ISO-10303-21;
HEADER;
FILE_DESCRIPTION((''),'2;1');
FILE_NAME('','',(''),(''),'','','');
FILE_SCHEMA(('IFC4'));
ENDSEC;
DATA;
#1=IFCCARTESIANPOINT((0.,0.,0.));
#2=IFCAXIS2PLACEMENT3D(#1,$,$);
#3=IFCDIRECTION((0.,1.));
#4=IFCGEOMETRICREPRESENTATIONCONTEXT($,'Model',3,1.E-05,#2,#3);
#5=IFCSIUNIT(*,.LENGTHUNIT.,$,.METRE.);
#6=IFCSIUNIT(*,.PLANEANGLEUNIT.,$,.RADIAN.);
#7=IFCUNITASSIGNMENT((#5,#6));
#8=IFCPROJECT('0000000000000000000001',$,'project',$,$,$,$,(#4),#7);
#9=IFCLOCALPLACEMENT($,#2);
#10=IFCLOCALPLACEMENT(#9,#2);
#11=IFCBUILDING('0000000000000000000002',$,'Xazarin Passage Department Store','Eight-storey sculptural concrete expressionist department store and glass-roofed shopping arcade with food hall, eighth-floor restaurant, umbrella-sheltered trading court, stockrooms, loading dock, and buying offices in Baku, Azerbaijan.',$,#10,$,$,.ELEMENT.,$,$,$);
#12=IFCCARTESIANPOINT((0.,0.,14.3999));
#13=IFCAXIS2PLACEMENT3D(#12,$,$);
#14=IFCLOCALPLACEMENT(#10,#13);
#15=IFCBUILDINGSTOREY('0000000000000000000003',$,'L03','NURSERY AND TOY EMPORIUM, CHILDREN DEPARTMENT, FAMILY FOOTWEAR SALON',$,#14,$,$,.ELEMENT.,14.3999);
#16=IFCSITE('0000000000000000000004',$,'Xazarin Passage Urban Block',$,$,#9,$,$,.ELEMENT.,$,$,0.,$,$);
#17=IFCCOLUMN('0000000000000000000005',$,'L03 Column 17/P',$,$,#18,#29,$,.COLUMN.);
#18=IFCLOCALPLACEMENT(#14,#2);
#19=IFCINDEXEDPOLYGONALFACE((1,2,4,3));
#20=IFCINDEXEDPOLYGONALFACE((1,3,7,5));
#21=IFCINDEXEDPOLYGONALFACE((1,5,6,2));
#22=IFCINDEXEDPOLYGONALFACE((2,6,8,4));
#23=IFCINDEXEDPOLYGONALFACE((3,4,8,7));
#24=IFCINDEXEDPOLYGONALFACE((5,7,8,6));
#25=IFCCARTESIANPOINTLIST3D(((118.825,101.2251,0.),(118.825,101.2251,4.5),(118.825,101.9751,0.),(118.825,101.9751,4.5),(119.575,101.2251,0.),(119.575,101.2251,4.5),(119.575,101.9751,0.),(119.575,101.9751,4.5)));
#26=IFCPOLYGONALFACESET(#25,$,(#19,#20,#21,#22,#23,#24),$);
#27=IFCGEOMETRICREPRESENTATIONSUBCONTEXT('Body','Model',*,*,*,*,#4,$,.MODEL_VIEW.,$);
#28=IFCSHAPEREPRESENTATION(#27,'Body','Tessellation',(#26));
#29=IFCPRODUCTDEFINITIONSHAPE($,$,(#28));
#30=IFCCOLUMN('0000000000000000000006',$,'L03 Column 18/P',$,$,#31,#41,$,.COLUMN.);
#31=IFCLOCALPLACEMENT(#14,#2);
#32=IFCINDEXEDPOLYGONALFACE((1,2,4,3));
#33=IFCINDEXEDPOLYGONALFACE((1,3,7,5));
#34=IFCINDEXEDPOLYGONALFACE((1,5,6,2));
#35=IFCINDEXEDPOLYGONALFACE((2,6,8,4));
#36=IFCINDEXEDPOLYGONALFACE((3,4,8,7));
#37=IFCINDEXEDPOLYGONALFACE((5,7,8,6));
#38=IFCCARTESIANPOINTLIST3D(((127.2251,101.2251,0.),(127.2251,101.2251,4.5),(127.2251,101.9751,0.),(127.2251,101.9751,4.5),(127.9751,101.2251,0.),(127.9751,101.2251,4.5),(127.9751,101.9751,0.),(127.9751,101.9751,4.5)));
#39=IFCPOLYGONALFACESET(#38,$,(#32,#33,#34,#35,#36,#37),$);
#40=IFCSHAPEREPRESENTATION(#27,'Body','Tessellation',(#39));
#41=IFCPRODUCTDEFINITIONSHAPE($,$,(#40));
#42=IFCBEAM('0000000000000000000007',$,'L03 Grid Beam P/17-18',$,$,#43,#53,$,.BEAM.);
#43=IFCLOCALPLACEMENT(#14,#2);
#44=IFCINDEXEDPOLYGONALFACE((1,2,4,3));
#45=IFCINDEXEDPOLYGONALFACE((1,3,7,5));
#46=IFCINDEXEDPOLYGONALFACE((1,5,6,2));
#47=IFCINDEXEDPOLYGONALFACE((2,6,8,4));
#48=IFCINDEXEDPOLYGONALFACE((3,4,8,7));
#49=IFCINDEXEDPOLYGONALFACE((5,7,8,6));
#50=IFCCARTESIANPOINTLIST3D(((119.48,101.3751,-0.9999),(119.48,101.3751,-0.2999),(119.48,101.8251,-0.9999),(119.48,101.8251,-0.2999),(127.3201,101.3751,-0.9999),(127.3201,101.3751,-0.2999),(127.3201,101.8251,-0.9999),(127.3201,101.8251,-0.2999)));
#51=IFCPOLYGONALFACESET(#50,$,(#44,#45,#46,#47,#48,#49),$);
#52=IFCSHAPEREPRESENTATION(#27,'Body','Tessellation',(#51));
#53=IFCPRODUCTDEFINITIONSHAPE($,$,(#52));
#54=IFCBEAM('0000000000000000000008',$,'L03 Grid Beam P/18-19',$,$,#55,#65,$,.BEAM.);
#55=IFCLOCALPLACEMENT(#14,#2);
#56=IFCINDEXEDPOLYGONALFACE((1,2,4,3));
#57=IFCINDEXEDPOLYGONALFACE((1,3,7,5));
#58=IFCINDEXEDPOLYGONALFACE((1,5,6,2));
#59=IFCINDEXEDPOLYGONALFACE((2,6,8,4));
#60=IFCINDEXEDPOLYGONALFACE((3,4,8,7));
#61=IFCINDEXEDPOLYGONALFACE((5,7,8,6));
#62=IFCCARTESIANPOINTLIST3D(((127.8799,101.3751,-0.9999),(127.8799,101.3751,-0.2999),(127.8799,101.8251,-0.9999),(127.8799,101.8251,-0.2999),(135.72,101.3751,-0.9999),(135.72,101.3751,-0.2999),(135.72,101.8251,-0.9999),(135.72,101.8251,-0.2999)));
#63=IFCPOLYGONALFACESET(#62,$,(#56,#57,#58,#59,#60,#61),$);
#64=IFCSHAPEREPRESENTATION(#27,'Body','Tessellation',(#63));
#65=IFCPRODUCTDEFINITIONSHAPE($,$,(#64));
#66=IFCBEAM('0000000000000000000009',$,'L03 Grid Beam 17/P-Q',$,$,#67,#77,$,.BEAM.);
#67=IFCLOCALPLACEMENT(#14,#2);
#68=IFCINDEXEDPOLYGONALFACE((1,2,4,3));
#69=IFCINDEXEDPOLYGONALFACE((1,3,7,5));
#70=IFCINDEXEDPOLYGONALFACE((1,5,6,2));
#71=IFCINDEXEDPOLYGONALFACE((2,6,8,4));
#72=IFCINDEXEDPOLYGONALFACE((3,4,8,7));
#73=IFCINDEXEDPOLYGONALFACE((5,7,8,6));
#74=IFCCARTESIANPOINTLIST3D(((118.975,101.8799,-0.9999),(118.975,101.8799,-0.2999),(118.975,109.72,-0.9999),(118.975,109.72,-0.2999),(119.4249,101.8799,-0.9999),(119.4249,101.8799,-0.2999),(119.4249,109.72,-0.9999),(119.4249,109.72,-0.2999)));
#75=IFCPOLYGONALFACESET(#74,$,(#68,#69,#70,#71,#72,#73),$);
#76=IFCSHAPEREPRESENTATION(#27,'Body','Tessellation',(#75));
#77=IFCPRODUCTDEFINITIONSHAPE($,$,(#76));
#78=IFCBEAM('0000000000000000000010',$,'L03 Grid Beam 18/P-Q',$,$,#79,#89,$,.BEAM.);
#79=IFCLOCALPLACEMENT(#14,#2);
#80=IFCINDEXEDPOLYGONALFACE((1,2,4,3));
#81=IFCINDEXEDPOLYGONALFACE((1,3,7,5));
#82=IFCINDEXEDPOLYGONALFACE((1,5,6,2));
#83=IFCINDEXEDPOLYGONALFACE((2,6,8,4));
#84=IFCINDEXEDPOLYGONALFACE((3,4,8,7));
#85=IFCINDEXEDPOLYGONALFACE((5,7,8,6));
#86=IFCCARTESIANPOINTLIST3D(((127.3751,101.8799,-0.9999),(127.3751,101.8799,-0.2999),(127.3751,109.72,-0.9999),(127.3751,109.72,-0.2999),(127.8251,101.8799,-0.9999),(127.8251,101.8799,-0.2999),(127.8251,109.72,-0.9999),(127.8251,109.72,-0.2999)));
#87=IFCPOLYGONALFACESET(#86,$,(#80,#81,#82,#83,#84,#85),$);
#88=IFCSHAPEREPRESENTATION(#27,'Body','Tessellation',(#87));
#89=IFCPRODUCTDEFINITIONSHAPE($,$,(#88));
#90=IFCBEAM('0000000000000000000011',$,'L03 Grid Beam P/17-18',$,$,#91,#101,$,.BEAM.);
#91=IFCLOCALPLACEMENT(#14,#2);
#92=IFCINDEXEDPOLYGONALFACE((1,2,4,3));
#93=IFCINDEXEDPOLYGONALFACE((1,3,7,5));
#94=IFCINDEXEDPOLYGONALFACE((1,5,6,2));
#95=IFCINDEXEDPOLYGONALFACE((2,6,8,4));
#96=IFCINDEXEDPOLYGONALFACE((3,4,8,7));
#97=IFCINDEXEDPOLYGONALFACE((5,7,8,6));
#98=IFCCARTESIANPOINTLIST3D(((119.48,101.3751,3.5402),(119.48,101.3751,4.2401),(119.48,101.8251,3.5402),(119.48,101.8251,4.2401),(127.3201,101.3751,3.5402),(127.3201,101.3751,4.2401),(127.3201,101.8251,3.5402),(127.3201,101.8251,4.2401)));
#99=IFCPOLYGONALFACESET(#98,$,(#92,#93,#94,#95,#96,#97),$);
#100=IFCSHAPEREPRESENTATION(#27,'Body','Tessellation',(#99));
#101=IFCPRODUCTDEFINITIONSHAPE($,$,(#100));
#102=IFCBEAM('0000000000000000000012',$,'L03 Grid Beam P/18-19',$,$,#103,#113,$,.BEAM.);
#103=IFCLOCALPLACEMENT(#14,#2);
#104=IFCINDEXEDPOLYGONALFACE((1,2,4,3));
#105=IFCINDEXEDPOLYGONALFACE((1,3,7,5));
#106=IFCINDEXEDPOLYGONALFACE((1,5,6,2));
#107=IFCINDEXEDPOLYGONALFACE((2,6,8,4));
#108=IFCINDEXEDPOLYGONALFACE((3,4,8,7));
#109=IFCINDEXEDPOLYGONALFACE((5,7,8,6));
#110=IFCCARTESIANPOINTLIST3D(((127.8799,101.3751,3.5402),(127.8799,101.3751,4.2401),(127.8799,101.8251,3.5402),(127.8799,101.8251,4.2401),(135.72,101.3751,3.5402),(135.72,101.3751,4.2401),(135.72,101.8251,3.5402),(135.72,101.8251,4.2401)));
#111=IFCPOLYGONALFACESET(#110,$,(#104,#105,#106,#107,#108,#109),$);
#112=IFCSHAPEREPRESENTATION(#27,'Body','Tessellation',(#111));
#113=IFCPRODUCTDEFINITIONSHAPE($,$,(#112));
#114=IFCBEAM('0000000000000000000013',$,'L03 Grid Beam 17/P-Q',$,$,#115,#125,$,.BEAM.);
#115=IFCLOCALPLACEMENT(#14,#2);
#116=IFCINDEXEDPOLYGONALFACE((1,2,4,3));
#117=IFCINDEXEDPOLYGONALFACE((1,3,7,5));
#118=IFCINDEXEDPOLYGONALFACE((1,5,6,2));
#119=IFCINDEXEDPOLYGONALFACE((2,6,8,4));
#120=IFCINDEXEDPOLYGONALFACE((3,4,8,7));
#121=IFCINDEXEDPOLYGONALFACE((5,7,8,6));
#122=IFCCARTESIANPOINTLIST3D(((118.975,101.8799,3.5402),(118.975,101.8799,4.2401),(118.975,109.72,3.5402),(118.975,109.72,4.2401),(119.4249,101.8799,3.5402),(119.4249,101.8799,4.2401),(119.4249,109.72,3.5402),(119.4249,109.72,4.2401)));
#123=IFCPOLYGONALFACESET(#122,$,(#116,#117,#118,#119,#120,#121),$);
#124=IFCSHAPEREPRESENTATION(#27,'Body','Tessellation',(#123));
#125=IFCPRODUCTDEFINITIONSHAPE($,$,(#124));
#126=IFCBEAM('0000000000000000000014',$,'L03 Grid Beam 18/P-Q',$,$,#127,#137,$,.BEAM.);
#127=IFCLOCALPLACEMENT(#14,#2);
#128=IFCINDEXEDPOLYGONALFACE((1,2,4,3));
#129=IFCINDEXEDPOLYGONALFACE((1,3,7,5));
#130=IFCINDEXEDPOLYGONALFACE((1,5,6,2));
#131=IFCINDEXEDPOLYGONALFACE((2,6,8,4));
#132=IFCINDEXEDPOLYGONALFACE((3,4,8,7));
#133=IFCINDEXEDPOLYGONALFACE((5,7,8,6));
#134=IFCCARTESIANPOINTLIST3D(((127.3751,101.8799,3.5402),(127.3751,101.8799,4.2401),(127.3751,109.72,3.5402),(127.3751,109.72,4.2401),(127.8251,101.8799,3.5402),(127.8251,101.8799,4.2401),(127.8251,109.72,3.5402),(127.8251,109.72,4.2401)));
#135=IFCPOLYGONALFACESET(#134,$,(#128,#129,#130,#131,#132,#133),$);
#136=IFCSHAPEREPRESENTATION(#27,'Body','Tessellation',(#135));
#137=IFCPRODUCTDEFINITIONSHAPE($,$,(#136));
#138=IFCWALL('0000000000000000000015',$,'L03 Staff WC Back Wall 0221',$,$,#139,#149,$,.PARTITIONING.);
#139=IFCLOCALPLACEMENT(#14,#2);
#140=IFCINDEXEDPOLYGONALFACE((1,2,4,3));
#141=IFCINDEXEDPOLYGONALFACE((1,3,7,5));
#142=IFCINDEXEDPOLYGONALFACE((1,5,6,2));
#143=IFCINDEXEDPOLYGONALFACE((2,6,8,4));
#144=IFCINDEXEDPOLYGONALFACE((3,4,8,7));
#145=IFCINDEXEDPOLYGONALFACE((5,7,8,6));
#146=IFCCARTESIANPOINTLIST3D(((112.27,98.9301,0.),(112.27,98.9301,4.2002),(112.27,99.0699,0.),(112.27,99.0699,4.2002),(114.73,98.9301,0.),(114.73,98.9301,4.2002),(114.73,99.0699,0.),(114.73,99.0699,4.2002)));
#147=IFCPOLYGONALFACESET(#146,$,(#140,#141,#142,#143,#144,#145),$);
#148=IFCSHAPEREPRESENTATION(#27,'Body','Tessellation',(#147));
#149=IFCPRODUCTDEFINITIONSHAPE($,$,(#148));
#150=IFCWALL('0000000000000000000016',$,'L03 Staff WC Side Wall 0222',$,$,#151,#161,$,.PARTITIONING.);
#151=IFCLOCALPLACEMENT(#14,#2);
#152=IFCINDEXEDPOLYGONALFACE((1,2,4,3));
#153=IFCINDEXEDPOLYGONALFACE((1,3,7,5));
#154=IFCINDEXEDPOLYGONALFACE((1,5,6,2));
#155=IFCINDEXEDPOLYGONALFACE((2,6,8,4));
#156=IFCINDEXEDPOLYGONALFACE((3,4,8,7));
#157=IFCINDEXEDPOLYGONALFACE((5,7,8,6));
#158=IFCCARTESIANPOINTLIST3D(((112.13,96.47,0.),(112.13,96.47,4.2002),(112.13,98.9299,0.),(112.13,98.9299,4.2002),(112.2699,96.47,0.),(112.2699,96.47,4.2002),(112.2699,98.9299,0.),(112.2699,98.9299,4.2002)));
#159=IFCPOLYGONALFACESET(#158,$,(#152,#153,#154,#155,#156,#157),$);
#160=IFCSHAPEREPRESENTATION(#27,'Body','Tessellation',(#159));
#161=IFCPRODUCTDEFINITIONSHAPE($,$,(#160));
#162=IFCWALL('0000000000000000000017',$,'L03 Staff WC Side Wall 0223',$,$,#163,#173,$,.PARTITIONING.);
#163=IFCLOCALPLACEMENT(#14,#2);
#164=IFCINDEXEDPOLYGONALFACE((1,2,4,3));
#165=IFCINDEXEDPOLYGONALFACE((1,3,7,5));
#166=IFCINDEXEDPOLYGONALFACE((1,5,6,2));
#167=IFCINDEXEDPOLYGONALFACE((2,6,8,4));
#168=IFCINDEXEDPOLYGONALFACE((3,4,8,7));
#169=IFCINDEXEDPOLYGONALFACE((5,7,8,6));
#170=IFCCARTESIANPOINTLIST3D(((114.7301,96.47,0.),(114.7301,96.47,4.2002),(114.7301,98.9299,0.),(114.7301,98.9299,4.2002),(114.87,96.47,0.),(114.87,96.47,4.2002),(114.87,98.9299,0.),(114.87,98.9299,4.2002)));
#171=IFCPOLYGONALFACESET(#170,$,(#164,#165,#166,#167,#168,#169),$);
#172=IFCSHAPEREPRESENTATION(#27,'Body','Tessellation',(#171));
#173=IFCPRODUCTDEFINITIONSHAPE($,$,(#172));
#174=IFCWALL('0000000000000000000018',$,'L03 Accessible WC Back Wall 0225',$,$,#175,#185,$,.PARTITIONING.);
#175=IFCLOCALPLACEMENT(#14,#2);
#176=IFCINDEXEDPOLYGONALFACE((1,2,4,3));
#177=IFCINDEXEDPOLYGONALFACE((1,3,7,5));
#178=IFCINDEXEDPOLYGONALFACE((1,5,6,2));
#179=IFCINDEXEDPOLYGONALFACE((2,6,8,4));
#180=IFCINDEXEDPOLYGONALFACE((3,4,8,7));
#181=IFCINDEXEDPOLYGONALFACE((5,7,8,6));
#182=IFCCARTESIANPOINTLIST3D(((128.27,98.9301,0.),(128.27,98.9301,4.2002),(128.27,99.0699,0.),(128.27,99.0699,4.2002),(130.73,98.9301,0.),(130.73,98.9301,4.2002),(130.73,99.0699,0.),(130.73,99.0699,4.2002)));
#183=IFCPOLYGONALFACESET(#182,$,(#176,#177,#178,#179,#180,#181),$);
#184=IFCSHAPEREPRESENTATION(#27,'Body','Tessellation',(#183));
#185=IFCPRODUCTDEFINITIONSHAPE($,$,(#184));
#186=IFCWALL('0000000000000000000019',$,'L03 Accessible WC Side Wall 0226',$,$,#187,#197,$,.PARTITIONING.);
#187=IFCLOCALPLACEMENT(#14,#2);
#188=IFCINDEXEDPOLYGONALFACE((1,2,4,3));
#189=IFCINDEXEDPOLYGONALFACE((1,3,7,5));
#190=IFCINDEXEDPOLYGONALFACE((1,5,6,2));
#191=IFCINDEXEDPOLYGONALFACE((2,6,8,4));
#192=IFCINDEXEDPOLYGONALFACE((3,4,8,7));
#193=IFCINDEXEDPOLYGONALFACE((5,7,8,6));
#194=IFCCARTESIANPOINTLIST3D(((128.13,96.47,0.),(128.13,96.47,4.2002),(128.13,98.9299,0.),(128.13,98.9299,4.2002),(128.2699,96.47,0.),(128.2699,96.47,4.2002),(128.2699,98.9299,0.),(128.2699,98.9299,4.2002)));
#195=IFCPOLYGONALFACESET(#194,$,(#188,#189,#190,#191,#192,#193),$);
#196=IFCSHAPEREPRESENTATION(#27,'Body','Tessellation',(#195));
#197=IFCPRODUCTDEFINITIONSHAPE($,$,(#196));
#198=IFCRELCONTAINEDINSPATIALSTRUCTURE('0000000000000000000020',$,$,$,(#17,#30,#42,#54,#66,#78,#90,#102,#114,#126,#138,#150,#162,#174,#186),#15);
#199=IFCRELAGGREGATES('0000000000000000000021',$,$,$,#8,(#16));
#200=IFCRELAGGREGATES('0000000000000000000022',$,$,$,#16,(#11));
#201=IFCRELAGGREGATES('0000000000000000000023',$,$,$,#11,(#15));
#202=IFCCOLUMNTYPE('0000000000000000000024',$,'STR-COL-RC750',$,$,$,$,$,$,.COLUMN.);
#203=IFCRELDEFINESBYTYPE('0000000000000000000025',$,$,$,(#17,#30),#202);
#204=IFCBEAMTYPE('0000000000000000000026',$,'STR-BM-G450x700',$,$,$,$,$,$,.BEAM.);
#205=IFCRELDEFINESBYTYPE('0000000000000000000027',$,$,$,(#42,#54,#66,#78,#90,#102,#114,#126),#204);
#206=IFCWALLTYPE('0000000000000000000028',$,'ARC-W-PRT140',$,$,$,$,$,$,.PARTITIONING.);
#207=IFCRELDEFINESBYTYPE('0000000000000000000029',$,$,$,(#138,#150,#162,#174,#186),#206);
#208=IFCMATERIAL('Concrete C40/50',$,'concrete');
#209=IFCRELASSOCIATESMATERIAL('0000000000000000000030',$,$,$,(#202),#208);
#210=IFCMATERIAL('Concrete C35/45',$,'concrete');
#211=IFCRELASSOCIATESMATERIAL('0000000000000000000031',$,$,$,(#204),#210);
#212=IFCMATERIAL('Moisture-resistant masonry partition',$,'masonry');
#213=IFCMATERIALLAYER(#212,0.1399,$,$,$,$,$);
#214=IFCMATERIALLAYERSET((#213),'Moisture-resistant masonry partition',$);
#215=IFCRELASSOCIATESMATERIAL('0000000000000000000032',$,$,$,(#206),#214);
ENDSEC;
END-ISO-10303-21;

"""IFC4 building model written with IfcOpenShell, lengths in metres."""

from ifc_helpers import new_model, si_unit, direction, frame, frame_2d, origin, origin_2d, place, context, subcontext, project, spatial, rectangle, extrude, material, layer, layer_set, material_profile, profile_set, type_object, element, save


model = new_model("IFC4")

# Units and contexts
model_context = context("Model", 3, precision=1e-05, world=origin(), true_north=direction((0.0, 1.0)))
body_context = subcontext(model_context, "Body", "Model", "MODEL_VIEW")
ifc_project = project(units=[si_unit("LENGTHUNIT", "METRE"), si_unit("PLANEANGLEUNIT", "RADIAN")], contexts=[model_context])

# Site, building, storey
site_placement = place(None, origin())
site = spatial("IfcSite", under=ifc_project, at=site_placement, Name="Xazarin Passage Urban Block", CompositionType="ELEMENT", RefElevation=0.0)
building_placement = place(site_placement, origin())
building = spatial("IfcBuilding", under=site, at=building_placement, Name="Xazarin Passage Department Store", Description="Eight-storey sculptural concrete expressionist department store and glass-roofed shopping arcade with food hall, eighth-floor restaurant, umbrella-sheltered trading court, stockrooms, loading dock, and buying offices in Baku, Azerbaijan.", CompositionType="ELEMENT")
storey_placement = place(building_placement, frame((0.0, 0.0, 14.3999)))
storey = spatial("IfcBuildingStorey", under=building, at=storey_placement, Name="L03", Description="NURSERY AND TOY EMPORIUM, CHILDREN DEPARTMENT, FAMILY FOOTWEAR SALON", CompositionType="ELEMENT", Elevation=14.3999)

# Columns
ifc_material_1 = material(Name="Concrete C40/50", Category="concrete")
ifc_material_profile_1 = material_profile(ifc_material_1, rectangle(XDim=0.75, YDim=0.75, at=origin_2d()), Name="RC 750x750")
ifc_profile_set_1 = profile_set([ifc_material_profile_1], Name="Concrete C40/50")
column_type = type_object("IfcColumnType", Name="STR-COL-RC750", PredefinedType="COLUMN", material=ifc_profile_set_1)
for number, where, z_axis, x_axis, name in (
    (1, (119.2, 101.6001, 0.0), (0.0, 0.0, 1.0), (1.0, 0.0, 0.0), "L03 Column 17/P"),
    (2, (127.6001, 101.6001, 0.0), (0.0, 0.0, 1.0), (1.0, 0.0, 0.0), "L03 Column 18/P"),
):
    element("IfcColumn", number, at=place(storey_placement, frame(where, z_axis=z_axis, x_axis=x_axis)), inside=storey, type_object=column_type, Name=name, PredefinedType="COLUMN", context=body_context, shape_type="SweptSolid", body=[
        extrude(rectangle(XDim=0.75, YDim=0.75, at=origin_2d()), origin(), (0.0, 0.0, 1.0), 4.5),
    ])

# Beams
ifc_material_2 = material(Name="Concrete C35/45", Category="concrete")
ifc_material_profile_2 = material_profile(ifc_material_2, rectangle(XDim=0.45, YDim=0.7, at=origin_2d()), Name="RC 450x700")
ifc_profile_set_2 = profile_set([ifc_material_profile_2], Name="Concrete C35/45")
beam_type = type_object("IfcBeamType", Name="STR-BM-G450x700", PredefinedType="BEAM", material=ifc_profile_set_2)
for number, where, z_axis, x_axis, name in (
    (3, (119.48, 101.6001, -0.6499), (1.0, 0.0, 0.0), (0.0, 1.0, 0.0), "L03 Grid Beam P/17-18"),
    (4, (127.8799, 101.6001, -0.6499), (1.0, 0.0, 0.0), (0.0, 1.0, 0.0), "L03 Grid Beam P/18-19"),
    (5, (119.2, 101.8799, -0.6499), (0.0, 1.0, 0.0), (-1.0, 0.0, 0.0), "L03 Grid Beam 17/P-Q"),
    (6, (127.6001, 101.8799, -0.6499), (0.0, 1.0, 0.0), (-1.0, 0.0, 0.0), "L03 Grid Beam 18/P-Q"),
    (7, (119.48, 101.6001, 3.8901), (1.0, 0.0, 0.0), (0.0, 1.0, 0.0), "L03 Grid Beam P/17-18"),
    (8, (127.8799, 101.6001, 3.8901), (1.0, 0.0, 0.0), (0.0, 1.0, 0.0), "L03 Grid Beam P/18-19"),
    (9, (119.2, 101.8799, 3.8901), (0.0, 1.0, 0.0), (-1.0, 0.0, 0.0), "L03 Grid Beam 17/P-Q"),
    (10, (127.6001, 101.8799, 3.8901), (0.0, 1.0, 0.0), (-1.0, 0.0, 0.0), "L03 Grid Beam 18/P-Q"),
):
    element("IfcBeam", number, at=place(storey_placement, frame(where, z_axis=z_axis, x_axis=x_axis)), inside=storey, type_object=beam_type, Name=name, PredefinedType="BEAM", context=body_context, shape_type="SweptSolid", body=[
        extrude(rectangle(XDim=0.45, YDim=0.7, at=origin_2d()), origin(), (0.0, 0.0, 1.0), 7.8401),
    ])

# Walls
ifc_material_3 = material(Name="Moisture-resistant masonry partition", Category="masonry")
ifc_layer_1 = layer(ifc_material_3, 0.1399)
ifc_layer_set_1 = layer_set([ifc_layer_1], Name="Moisture-resistant masonry partition")
wall_type_1 = type_object("IfcWallType", Name="ARC-W-PRT140", PredefinedType="PARTITIONING", material=ifc_layer_set_1)
for number, where, z_axis, x_axis, name in (
    (11, (112.27, 99.0, 0.0), (0.0, 0.0, 1.0), (1.0, 0.0, 0.0), "L03 Staff WC Back Wall 0221"),
    (12, (112.2, 96.47, 0.0), (0.0, 0.0, 1.0), (0.0, 1.0, 0.0), "L03 Staff WC Side Wall 0222"),
    (13, (114.8, 96.47, 0.0), (0.0, 0.0, 1.0), (0.0, 1.0, 0.0), "L03 Staff WC Side Wall 0223"),
    (14, (128.27, 99.0, 0.0), (0.0, 0.0, 1.0), (1.0, 0.0, 0.0), "L03 Accessible WC Back Wall 0225"),
    (15, (128.2, 96.47, 0.0), (0.0, 0.0, 1.0), (0.0, 1.0, 0.0), "L03 Accessible WC Side Wall 0226"),
):
    element("IfcWall", number, at=place(storey_placement, frame(where, z_axis=z_axis, x_axis=x_axis)), inside=storey, type_object=wall_type_1, Name=name, PredefinedType="PARTITIONING", context=body_context, shape_type="SweptSolid", body=[
        extrude(rectangle(XDim=2.46, YDim=0.1399, at=frame_2d((1.23, 0.0))), origin(), (0.0, 0.0, 1.0), 4.2002),
    ])

save(model, "model.ifc")
